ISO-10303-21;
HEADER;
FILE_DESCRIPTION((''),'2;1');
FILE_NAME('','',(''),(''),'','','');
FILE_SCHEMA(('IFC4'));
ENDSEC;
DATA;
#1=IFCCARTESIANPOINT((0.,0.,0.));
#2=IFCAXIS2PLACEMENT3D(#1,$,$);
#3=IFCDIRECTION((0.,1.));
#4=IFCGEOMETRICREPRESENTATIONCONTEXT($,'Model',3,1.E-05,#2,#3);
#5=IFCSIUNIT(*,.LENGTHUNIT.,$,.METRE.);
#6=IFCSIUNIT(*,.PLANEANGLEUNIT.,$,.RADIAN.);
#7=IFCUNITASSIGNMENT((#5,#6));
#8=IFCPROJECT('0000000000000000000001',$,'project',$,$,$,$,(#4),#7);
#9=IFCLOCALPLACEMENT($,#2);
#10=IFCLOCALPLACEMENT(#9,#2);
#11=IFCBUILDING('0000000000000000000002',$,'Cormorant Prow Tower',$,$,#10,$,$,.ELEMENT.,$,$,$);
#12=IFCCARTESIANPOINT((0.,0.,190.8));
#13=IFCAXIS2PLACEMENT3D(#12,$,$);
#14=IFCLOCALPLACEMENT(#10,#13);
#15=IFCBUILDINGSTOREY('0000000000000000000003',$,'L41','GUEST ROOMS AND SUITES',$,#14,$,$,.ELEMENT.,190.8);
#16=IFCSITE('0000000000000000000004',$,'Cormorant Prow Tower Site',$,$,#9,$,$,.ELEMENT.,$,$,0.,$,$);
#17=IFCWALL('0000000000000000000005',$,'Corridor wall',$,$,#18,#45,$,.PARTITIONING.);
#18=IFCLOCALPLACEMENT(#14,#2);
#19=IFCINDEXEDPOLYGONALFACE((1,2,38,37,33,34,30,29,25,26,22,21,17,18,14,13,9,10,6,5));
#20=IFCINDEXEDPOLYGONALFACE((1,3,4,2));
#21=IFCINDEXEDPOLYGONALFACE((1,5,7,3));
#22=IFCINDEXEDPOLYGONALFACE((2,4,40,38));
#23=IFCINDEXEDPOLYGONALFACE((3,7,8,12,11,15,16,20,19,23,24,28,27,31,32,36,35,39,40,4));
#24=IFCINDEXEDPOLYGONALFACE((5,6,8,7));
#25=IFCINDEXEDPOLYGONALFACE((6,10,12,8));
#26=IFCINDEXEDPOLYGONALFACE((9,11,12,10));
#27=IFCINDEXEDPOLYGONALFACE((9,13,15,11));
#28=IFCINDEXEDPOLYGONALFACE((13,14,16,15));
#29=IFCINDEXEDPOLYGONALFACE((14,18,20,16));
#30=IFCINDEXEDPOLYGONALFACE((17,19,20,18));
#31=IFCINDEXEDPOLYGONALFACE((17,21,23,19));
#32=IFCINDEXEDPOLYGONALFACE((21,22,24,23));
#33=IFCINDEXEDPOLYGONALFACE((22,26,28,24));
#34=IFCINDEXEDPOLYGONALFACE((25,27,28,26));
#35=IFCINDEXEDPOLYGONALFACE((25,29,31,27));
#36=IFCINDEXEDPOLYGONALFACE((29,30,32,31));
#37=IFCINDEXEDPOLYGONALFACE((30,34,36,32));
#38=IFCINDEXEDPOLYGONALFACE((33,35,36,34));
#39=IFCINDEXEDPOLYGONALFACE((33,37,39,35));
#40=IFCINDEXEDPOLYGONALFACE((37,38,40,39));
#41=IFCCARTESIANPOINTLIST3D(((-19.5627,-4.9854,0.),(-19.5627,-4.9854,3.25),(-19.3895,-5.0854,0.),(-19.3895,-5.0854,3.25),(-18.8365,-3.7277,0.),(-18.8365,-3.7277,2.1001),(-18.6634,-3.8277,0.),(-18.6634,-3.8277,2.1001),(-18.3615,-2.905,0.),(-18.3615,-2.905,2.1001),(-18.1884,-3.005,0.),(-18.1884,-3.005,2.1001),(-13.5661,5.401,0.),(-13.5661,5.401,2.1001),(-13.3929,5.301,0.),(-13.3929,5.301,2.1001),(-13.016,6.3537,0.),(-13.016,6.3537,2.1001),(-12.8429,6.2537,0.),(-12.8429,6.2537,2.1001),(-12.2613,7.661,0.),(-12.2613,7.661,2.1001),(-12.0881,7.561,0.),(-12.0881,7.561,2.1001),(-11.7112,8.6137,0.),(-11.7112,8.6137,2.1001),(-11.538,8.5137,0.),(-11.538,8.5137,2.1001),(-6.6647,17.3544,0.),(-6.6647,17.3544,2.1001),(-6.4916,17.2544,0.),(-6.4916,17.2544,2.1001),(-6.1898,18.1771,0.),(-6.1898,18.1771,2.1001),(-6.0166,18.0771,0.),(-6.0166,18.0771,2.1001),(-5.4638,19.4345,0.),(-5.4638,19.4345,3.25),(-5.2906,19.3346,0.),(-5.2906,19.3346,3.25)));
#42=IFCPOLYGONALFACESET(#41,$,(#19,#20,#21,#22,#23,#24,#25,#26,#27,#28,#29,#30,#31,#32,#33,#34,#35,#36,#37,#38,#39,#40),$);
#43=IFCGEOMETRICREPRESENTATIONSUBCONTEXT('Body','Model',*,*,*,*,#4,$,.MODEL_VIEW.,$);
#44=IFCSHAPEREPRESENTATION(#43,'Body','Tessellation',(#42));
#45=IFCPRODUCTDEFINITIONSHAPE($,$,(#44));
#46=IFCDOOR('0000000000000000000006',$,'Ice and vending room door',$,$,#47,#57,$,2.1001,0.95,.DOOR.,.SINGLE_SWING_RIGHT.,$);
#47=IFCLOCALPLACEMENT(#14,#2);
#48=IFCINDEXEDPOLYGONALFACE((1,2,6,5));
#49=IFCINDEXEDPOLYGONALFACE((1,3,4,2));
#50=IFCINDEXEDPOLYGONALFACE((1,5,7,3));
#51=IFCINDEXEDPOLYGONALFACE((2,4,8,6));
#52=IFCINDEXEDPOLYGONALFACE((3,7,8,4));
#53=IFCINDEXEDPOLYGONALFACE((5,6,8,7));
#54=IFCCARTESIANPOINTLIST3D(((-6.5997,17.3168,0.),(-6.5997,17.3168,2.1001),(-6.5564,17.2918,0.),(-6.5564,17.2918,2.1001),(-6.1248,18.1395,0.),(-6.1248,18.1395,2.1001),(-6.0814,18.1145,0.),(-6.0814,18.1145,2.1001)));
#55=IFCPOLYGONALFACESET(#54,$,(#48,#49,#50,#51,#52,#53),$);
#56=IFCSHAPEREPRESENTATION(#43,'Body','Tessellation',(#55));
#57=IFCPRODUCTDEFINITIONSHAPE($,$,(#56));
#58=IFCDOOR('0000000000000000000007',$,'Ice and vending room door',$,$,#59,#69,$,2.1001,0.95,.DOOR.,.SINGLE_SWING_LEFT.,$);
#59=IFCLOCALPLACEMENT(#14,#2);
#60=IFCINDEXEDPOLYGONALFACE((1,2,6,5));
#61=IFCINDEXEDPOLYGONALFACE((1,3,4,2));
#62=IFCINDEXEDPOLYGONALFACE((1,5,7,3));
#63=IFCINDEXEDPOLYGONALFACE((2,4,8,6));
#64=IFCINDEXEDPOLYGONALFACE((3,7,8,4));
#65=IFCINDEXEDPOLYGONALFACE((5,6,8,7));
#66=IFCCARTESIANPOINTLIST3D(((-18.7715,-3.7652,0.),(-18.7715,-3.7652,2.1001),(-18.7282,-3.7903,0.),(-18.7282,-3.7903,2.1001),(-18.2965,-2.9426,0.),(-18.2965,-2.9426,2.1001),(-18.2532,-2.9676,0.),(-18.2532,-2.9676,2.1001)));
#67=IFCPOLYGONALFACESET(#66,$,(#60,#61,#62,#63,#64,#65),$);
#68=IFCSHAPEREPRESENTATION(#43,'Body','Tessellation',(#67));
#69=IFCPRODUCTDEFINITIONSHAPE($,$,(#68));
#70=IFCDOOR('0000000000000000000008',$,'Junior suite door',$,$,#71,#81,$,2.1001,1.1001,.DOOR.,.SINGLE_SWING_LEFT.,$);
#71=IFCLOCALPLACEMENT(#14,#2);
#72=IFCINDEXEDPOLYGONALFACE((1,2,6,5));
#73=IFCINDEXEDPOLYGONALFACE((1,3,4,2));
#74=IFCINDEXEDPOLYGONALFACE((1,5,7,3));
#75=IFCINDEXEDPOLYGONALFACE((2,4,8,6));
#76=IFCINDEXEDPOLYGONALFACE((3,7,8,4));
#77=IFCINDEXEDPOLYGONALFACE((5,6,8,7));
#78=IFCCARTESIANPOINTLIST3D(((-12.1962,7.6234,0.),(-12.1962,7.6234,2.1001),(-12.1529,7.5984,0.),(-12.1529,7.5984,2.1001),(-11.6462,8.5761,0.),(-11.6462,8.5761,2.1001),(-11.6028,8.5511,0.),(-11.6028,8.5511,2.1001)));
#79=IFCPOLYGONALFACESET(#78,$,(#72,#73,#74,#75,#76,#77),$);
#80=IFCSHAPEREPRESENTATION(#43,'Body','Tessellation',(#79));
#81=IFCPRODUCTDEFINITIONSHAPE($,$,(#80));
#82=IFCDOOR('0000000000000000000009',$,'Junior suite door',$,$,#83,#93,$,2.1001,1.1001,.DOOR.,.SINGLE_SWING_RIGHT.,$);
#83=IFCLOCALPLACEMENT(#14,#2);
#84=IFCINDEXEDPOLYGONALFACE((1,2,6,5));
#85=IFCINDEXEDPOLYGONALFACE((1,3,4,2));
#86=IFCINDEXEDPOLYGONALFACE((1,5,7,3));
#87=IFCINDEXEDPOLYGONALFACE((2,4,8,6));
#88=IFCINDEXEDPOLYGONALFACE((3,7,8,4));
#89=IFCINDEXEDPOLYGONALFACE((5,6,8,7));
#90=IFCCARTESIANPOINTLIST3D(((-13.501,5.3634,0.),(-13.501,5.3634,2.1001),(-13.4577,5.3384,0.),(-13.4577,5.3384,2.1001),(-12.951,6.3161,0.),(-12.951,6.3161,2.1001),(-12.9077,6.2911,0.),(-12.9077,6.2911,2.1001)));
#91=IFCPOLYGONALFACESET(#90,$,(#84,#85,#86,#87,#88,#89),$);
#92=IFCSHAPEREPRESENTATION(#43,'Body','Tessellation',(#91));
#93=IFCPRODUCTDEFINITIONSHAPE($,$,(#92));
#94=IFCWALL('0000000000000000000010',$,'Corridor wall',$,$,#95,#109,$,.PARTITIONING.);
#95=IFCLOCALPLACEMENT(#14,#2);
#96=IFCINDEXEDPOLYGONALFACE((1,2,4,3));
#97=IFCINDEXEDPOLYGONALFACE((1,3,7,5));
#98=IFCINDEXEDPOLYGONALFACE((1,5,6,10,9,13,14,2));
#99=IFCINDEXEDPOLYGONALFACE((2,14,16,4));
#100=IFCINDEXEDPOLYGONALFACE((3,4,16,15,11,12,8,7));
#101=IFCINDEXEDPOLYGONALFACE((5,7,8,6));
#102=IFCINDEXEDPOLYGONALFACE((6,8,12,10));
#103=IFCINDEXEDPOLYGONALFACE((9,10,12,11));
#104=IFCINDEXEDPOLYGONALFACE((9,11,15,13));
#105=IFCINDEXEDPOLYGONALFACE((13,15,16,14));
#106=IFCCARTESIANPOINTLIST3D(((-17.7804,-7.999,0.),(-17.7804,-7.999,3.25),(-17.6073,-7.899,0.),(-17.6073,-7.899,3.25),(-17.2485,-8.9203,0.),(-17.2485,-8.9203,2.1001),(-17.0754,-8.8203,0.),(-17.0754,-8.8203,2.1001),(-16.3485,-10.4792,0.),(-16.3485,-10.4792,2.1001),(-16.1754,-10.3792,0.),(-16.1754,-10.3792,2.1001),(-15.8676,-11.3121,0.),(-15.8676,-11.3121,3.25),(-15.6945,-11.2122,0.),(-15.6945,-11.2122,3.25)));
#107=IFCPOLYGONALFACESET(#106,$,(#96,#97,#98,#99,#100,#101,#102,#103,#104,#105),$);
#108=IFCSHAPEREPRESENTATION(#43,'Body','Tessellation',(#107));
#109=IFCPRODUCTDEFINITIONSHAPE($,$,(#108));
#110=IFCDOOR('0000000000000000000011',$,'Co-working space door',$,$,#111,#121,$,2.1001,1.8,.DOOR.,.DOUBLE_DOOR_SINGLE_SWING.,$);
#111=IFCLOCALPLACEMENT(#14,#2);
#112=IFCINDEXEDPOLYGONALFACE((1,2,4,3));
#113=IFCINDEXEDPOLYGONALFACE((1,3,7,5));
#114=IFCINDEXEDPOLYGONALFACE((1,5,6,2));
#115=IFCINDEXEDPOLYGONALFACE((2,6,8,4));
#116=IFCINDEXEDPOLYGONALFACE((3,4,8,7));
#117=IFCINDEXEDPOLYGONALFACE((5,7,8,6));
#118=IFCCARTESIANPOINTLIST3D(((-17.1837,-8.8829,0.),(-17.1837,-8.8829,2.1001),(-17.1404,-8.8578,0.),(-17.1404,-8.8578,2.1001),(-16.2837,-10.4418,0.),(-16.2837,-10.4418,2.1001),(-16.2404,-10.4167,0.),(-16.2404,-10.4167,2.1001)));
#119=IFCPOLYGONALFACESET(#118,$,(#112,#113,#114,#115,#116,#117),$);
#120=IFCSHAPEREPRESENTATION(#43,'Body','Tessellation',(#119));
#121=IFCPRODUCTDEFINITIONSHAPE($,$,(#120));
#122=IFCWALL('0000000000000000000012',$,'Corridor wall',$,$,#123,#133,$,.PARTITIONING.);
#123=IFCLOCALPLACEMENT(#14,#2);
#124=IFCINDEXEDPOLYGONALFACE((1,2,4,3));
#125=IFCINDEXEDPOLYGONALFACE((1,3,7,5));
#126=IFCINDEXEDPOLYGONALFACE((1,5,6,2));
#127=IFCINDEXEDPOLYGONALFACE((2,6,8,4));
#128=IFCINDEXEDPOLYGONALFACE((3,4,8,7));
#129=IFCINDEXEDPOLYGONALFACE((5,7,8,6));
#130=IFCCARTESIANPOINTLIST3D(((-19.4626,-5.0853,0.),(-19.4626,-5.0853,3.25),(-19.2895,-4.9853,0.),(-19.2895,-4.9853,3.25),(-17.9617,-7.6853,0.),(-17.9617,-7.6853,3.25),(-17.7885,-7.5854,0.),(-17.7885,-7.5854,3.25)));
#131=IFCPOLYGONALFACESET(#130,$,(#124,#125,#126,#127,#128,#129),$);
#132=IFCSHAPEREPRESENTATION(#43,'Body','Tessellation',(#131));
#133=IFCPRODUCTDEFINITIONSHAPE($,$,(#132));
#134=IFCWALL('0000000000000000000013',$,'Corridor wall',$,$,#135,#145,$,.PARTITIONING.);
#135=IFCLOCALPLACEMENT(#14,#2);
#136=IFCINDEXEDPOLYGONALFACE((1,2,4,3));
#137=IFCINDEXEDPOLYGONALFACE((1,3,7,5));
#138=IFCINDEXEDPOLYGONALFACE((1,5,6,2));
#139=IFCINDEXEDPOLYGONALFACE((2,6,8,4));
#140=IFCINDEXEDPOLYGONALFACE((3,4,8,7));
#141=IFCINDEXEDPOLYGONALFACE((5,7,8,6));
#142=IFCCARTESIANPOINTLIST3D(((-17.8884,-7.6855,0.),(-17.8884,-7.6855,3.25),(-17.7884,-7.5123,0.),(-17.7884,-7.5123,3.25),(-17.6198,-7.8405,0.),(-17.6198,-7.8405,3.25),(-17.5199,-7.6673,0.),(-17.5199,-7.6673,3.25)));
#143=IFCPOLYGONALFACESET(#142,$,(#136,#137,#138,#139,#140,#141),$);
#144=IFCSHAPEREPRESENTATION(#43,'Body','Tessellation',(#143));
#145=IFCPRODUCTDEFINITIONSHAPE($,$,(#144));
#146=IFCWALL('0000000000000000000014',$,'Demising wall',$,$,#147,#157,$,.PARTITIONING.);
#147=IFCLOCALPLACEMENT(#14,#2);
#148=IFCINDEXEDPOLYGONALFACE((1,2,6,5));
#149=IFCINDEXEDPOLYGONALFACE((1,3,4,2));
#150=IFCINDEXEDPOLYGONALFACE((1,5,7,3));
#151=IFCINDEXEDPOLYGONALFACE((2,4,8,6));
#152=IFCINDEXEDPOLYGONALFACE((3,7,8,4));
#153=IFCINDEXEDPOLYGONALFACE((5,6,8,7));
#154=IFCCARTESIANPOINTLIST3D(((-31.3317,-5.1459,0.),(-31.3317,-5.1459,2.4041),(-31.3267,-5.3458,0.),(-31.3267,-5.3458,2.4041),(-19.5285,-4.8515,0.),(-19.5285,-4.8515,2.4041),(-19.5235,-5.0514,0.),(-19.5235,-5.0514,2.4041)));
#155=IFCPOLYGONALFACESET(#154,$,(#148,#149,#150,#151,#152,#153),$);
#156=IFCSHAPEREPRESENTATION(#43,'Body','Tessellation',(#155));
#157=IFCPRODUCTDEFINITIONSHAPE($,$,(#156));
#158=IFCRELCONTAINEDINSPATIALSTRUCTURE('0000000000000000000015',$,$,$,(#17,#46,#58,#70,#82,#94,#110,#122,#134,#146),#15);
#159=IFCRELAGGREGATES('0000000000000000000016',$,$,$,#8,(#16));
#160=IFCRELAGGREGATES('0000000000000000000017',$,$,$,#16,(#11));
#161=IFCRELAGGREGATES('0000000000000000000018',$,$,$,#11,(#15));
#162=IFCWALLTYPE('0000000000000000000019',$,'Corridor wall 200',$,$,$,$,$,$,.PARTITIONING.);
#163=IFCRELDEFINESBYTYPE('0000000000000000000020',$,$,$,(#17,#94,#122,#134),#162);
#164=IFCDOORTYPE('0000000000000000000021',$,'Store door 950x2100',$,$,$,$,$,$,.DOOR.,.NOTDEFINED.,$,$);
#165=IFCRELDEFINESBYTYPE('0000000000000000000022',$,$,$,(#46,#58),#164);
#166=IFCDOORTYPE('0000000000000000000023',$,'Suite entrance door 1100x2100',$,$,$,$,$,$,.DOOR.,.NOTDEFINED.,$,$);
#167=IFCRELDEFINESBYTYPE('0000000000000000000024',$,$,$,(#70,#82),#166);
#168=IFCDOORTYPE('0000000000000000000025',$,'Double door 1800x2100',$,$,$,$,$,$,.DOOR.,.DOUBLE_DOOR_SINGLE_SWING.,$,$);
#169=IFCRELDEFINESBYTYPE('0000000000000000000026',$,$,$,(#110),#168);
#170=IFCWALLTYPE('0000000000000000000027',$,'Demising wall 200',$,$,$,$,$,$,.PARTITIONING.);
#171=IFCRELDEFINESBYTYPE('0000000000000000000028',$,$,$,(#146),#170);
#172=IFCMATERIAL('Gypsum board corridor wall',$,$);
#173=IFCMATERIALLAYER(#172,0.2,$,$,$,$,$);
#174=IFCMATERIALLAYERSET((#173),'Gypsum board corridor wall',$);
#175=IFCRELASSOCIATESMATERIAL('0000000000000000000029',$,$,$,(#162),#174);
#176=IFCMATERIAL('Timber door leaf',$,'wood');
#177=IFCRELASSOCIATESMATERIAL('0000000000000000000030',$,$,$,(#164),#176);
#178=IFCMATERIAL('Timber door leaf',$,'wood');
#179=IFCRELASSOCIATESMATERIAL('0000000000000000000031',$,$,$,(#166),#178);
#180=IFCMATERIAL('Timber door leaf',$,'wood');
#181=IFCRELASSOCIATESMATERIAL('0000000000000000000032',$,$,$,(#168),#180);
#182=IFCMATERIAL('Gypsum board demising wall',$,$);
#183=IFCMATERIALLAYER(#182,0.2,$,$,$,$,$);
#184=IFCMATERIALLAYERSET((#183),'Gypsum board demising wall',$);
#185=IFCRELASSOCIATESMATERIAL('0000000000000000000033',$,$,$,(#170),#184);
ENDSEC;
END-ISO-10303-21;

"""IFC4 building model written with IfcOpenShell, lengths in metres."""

from ifc_helpers import new_model, si_unit, direction, frame, frame_2d, origin, place, context, subcontext, project, spatial, rectangle, extrude, material, layer, layer_set, type_object, element, fill, save


model = new_model("IFC4")

# Units and contexts
model_context = context("Model", 3, precision=1e-05, world=origin(), true_north=direction((0.0, 1.0)))
body_context = subcontext(model_context, "Body", "Model", "MODEL_VIEW")
ifc_project = project(units=[si_unit("LENGTHUNIT", "METRE"), si_unit("PLANEANGLEUNIT", "RADIAN")], contexts=[model_context])

# Site, building, storey
site_placement = place(None, origin())
site = spatial("IfcSite", under=ifc_project, at=site_placement, Name="Cormorant Prow Tower Site", CompositionType="ELEMENT", RefElevation=0.0)
building_placement = place(site_placement, origin())
building = spatial("IfcBuilding", under=site, at=building_placement, Name="Cormorant Prow Tower", CompositionType="ELEMENT")
storey_placement = place(building_placement, frame((0.0, 0.0, 190.8)))
storey = spatial("IfcBuildingStorey", under=building, at=storey_placement, Name="L41", Description="GUEST ROOMS AND SUITES", CompositionType="ELEMENT", Elevation=190.8)

# Wall, openings, doors
ifc_material_1 = material(Name="Gypsum board corridor wall")
ifc_layer_1 = layer(ifc_material_1, 0.2)
ifc_layer_set_1 = layer_set([ifc_layer_1], Name="Gypsum board corridor wall")
wall_type_1 = type_object("IfcWallType", Name="Corridor wall 200", PredefinedType="PARTITIONING", material=ifc_layer_set_1)
wall_1_placement = place(storey_placement, frame((-19.4761, -5.0354, 0.0), z_axis=(0.0, 0.0, 1.0), x_axis=(0.500001, 0.866025, 0.0)))
wall_1 = element("IfcWall", 1, at=wall_1_placement, inside=storey, type_object=wall_type_1, Name="Corridor wall", PredefinedType="PARTITIONING", context=body_context, shape_type="SweptSolid", body=[
    extrude(rectangle(XDim=28.1978, YDim=0.2, at=frame_2d((14.0989, 0.0))), origin(), (0.0, 0.0, 1.0), 3.25),
])
opening_1_placement = place(wall_1_placement, frame((25.7957, 0.0, 0.0)))
opening_1 = element("IfcOpeningElement", 2, at=opening_1_placement, cuts=wall_1, PredefinedType="OPENING", context=body_context, shape_type="SweptSolid", body=[
    extrude(rectangle(XDim=0.95, YDim=2.1001, at=frame_2d((0.4751, 1.05))), frame((0.0, 0.1099, 0.0), z_axis=(0.0, -1.0, 0.0), x_axis=(1.0, 0.0, 0.0)), (0.0, 0.0, 1.0), 0.22),
])
opening_2_placement = place(wall_1_placement, frame((14.6028, 0.0, 0.0)))
opening_2 = element("IfcOpeningElement", 3, at=opening_2_placement, cuts=wall_1, PredefinedType="OPENING", context=body_context, shape_type="SweptSolid", body=[
    extrude(rectangle(XDim=1.1001, YDim=2.1001, at=frame_2d((0.55, 1.05))), frame((0.0, 0.1099, 0.0), z_axis=(0.0, -1.0, 0.0), x_axis=(1.0, 0.0, 0.0)), (0.0, 0.0, 1.0), 0.22),
])
opening_3_placement = place(wall_1_placement, frame((11.9932, 0.0, 0.0)))
opening_3 = element("IfcOpeningElement", 4, at=opening_3_placement, cuts=wall_1, PredefinedType="OPENING", context=body_context, shape_type="SweptSolid", body=[
    extrude(rectangle(XDim=1.1001, YDim=2.1001, at=frame_2d((0.55, 1.05))), frame((0.0, 0.1099, 0.0), z_axis=(0.0, -1.0, 0.0), x_axis=(1.0, 0.0, 0.0)), (0.0, 0.0, 1.0), 0.22),
])
opening_4_placement = place(wall_1_placement, frame((1.4521, 0.0, 0.0)))
opening_4 = element("IfcOpeningElement", 5, at=opening_4_placement, cuts=wall_1, PredefinedType="OPENING", context=body_context, shape_type="SweptSolid", body=[
    extrude(rectangle(XDim=0.95, YDim=2.1001, at=frame_2d((0.4751, 1.05))), frame((0.0, 0.1099, 0.0), z_axis=(0.0, -1.0, 0.0), x_axis=(1.0, 0.0, 0.0)), (0.0, 0.0, 1.0), 0.22),
])
ifc_material_2 = material(Name="Timber door leaf", Category="wood")
door_type_1 = type_object("IfcDoorType", Name="Store door 950x2100", OperationType="NOTDEFINED", PredefinedType="DOOR", material=ifc_material_2)
door_1_placement = place(opening_1_placement, origin())
door_1 = element("IfcDoor", 6, at=door_1_placement, inside=storey, type_object=door_type_1, Name="Ice and vending room door", OperationType="SINGLE_SWING_RIGHT", OverallHeight=2.1001, OverallWidth=0.95, PredefinedType="DOOR", context=body_context, shape_type="SweptSolid", body=[
    extrude(rectangle(XDim=0.95, YDim=2.1001, at=frame_2d((0.4751, 1.05))), frame((0.0, 0.0249, 0.0), z_axis=(0.0, -1.0, 0.0), x_axis=(1.0, 0.0, 0.0)), (0.0, 0.0, 1.0), 0.05),
])
fill(opening_1, door_1)
door_2_placement = place(opening_4_placement, origin())
door_2 = element("IfcDoor", 7, at=door_2_placement, inside=storey, type_object=door_type_1, Name="Ice and vending room door", OperationType="SINGLE_SWING_LEFT", OverallHeight=2.1001, OverallWidth=0.95, PredefinedType="DOOR", context=body_context, shape_type="SweptSolid", body=[
    extrude(rectangle(XDim=0.95, YDim=2.1001, at=frame_2d((0.4751, 1.05))), frame((0.0, 0.0249, 0.0), z_axis=(0.0, -1.0, 0.0), x_axis=(1.0, 0.0, 0.0)), (0.0, 0.0, 1.0), 0.05),
])
fill(opening_4, door_2)
ifc_material_3 = material(Name="Timber door leaf", Category="wood")
door_type_2 = type_object("IfcDoorType", Name="Suite entrance door 1100x2100", OperationType="NOTDEFINED", PredefinedType="DOOR", material=ifc_material_3)
door_3_placement = place(opening_2_placement, origin())
door_3 = element("IfcDoor", 8, at=door_3_placement, inside=storey, type_object=door_type_2, Name="Junior suite door", OperationType="SINGLE_SWING_LEFT", OverallHeight=2.1001, OverallWidth=1.1001, PredefinedType="DOOR", context=body_context, shape_type="SweptSolid", body=[
    extrude(rectangle(XDim=1.1001, YDim=2.1001, at=frame_2d((0.55, 1.05))), frame((0.0, 0.0249, 0.0), z_axis=(0.0, -1.0, 0.0), x_axis=(1.0, 0.0, 0.0)), (0.0, 0.0, 1.0), 0.05),
])
fill(opening_2, door_3)
door_4_placement = place(opening_3_placement, origin())
door_4 = element("IfcDoor", 9, at=door_4_placement, inside=storey, type_object=door_type_2, Name="Junior suite door", OperationType="SINGLE_SWING_RIGHT", OverallHeight=2.1001, OverallWidth=1.1001, PredefinedType="DOOR", context=body_context, shape_type="SweptSolid", body=[
    extrude(rectangle(XDim=1.1001, YDim=2.1001, at=frame_2d((0.55, 1.05))), frame((0.0, 0.0249, 0.0), z_axis=(0.0, -1.0, 0.0), x_axis=(1.0, 0.0, 0.0)), (0.0, 0.0, 1.0), 0.05),
])
fill(opening_3, door_4)

# Wall, opening, door
wall_2_placement = place(storey_placement, frame((-17.6938, -7.949, 0.0), z_axis=(0.0, 0.0, 1.0), x_axis=(0.499989, -0.866031, 0.0)))
wall_2 = element("IfcWall", 10, at=wall_2_placement, inside=storey, type_object=wall_type_1, Name="Corridor wall", PredefinedType="PARTITIONING", context=body_context, shape_type="SweptSolid", body=[
    extrude(rectangle(XDim=3.8257, YDim=0.2, at=frame_2d((1.9128, 0.0))), origin(), (0.0, 0.0, 1.0), 3.25),
])
opening_5_placement = place(wall_2_placement, frame((1.064, 0.0, 0.0)))
opening_5 = element("IfcOpeningElement", 11, at=opening_5_placement, cuts=wall_2, PredefinedType="OPENING", context=body_context, shape_type="SweptSolid", body=[
    extrude(rectangle(XDim=1.8, YDim=2.1001, at=frame_2d((0.8999, 1.05))), frame((0.0, 0.1099, 0.0), z_axis=(0.0, -1.0, 0.0), x_axis=(1.0, 0.0, 0.0)), (0.0, 0.0, 1.0), 0.22),
])
ifc_material_4 = material(Name="Timber door leaf", Category="wood")
door_type_3 = type_object("IfcDoorType", Name="Double door 1800x2100", OperationType="DOUBLE_DOOR_SINGLE_SWING", PredefinedType="DOOR", material=ifc_material_4)
door_5_placement = place(opening_5_placement, origin())
door_5 = element("IfcDoor", 12, at=door_5_placement, inside=storey, type_object=door_type_3, Name="Co-working space door", OperationType="DOUBLE_DOOR_SINGLE_SWING", OverallHeight=2.1001, OverallWidth=1.8, PredefinedType="DOOR", context=body_context, shape_type="SweptSolid", body=[
    extrude(rectangle(XDim=1.8, YDim=2.1001, at=frame_2d((0.8999, 1.05))), frame((0.0, 0.0249, 0.0), z_axis=(0.0, -1.0, 0.0), x_axis=(1.0, 0.0, 0.0)), (0.0, 0.0, 1.0), 0.05),
])
fill(opening_5, door_5)

# Walls
wall_3_placement = place(storey_placement, frame((-19.376, -5.0354, 0.0), z_axis=(0.0, 0.0, 1.0), x_axis=(0.499952, -0.866053, 0.0)))
element("IfcWall", 13, at=wall_3_placement, inside=storey, type_object=wall_type_1, Name="Corridor wall", PredefinedType="PARTITIONING", context=body_context, shape_type="SweptSolid", body=[
    extrude(rectangle(XDim=3.0022, YDim=0.2, at=frame_2d((1.501, 0.0))), origin(), (0.0, 0.0, 1.0), 3.25),
])
wall_4_placement = place(storey_placement, frame((-17.8384, -7.5989, 0.0), z_axis=(0.0, 0.0, 1.0), x_axis=(0.866054, -0.49995, 0.0)))
element("IfcWall", 14, at=wall_4_placement, inside=storey, type_object=wall_type_1, Name="Corridor wall", PredefinedType="PARTITIONING", context=body_context, shape_type="SweptSolid", body=[
    extrude(rectangle(XDim=0.3101, YDim=0.2, at=frame_2d((0.155, 0.0))), origin(), (0.0, 0.0, 1.0), 3.25),
])
ifc_material_5 = material(Name="Gypsum board demising wall")
ifc_layer_2 = layer(ifc_material_5, 0.2)
ifc_layer_set_2 = layer_set([ifc_layer_2], Name="Gypsum board demising wall")
wall_type_2 = type_object("IfcWallType", Name="Demising wall 200", PredefinedType="PARTITIONING", material=ifc_layer_set_2)
wall_5_placement = place(storey_placement, frame((-31.3291, -5.2458, 0.0), z_axis=(0.0, 0.0, 1.0), x_axis=(0.999689, 0.024937, 0.0)))
element("IfcWall", 15, at=wall_5_placement, inside=storey, type_object=wall_type_2, Name="Demising wall", PredefinedType="PARTITIONING", context=body_context, shape_type="SweptSolid", body=[
    extrude(rectangle(XDim=11.8069, YDim=0.2, at=frame_2d((5.9033, 0.0))), origin(), (0.0, 0.0, 1.0), 2.4041),
])

save(model, "model.ifc")
